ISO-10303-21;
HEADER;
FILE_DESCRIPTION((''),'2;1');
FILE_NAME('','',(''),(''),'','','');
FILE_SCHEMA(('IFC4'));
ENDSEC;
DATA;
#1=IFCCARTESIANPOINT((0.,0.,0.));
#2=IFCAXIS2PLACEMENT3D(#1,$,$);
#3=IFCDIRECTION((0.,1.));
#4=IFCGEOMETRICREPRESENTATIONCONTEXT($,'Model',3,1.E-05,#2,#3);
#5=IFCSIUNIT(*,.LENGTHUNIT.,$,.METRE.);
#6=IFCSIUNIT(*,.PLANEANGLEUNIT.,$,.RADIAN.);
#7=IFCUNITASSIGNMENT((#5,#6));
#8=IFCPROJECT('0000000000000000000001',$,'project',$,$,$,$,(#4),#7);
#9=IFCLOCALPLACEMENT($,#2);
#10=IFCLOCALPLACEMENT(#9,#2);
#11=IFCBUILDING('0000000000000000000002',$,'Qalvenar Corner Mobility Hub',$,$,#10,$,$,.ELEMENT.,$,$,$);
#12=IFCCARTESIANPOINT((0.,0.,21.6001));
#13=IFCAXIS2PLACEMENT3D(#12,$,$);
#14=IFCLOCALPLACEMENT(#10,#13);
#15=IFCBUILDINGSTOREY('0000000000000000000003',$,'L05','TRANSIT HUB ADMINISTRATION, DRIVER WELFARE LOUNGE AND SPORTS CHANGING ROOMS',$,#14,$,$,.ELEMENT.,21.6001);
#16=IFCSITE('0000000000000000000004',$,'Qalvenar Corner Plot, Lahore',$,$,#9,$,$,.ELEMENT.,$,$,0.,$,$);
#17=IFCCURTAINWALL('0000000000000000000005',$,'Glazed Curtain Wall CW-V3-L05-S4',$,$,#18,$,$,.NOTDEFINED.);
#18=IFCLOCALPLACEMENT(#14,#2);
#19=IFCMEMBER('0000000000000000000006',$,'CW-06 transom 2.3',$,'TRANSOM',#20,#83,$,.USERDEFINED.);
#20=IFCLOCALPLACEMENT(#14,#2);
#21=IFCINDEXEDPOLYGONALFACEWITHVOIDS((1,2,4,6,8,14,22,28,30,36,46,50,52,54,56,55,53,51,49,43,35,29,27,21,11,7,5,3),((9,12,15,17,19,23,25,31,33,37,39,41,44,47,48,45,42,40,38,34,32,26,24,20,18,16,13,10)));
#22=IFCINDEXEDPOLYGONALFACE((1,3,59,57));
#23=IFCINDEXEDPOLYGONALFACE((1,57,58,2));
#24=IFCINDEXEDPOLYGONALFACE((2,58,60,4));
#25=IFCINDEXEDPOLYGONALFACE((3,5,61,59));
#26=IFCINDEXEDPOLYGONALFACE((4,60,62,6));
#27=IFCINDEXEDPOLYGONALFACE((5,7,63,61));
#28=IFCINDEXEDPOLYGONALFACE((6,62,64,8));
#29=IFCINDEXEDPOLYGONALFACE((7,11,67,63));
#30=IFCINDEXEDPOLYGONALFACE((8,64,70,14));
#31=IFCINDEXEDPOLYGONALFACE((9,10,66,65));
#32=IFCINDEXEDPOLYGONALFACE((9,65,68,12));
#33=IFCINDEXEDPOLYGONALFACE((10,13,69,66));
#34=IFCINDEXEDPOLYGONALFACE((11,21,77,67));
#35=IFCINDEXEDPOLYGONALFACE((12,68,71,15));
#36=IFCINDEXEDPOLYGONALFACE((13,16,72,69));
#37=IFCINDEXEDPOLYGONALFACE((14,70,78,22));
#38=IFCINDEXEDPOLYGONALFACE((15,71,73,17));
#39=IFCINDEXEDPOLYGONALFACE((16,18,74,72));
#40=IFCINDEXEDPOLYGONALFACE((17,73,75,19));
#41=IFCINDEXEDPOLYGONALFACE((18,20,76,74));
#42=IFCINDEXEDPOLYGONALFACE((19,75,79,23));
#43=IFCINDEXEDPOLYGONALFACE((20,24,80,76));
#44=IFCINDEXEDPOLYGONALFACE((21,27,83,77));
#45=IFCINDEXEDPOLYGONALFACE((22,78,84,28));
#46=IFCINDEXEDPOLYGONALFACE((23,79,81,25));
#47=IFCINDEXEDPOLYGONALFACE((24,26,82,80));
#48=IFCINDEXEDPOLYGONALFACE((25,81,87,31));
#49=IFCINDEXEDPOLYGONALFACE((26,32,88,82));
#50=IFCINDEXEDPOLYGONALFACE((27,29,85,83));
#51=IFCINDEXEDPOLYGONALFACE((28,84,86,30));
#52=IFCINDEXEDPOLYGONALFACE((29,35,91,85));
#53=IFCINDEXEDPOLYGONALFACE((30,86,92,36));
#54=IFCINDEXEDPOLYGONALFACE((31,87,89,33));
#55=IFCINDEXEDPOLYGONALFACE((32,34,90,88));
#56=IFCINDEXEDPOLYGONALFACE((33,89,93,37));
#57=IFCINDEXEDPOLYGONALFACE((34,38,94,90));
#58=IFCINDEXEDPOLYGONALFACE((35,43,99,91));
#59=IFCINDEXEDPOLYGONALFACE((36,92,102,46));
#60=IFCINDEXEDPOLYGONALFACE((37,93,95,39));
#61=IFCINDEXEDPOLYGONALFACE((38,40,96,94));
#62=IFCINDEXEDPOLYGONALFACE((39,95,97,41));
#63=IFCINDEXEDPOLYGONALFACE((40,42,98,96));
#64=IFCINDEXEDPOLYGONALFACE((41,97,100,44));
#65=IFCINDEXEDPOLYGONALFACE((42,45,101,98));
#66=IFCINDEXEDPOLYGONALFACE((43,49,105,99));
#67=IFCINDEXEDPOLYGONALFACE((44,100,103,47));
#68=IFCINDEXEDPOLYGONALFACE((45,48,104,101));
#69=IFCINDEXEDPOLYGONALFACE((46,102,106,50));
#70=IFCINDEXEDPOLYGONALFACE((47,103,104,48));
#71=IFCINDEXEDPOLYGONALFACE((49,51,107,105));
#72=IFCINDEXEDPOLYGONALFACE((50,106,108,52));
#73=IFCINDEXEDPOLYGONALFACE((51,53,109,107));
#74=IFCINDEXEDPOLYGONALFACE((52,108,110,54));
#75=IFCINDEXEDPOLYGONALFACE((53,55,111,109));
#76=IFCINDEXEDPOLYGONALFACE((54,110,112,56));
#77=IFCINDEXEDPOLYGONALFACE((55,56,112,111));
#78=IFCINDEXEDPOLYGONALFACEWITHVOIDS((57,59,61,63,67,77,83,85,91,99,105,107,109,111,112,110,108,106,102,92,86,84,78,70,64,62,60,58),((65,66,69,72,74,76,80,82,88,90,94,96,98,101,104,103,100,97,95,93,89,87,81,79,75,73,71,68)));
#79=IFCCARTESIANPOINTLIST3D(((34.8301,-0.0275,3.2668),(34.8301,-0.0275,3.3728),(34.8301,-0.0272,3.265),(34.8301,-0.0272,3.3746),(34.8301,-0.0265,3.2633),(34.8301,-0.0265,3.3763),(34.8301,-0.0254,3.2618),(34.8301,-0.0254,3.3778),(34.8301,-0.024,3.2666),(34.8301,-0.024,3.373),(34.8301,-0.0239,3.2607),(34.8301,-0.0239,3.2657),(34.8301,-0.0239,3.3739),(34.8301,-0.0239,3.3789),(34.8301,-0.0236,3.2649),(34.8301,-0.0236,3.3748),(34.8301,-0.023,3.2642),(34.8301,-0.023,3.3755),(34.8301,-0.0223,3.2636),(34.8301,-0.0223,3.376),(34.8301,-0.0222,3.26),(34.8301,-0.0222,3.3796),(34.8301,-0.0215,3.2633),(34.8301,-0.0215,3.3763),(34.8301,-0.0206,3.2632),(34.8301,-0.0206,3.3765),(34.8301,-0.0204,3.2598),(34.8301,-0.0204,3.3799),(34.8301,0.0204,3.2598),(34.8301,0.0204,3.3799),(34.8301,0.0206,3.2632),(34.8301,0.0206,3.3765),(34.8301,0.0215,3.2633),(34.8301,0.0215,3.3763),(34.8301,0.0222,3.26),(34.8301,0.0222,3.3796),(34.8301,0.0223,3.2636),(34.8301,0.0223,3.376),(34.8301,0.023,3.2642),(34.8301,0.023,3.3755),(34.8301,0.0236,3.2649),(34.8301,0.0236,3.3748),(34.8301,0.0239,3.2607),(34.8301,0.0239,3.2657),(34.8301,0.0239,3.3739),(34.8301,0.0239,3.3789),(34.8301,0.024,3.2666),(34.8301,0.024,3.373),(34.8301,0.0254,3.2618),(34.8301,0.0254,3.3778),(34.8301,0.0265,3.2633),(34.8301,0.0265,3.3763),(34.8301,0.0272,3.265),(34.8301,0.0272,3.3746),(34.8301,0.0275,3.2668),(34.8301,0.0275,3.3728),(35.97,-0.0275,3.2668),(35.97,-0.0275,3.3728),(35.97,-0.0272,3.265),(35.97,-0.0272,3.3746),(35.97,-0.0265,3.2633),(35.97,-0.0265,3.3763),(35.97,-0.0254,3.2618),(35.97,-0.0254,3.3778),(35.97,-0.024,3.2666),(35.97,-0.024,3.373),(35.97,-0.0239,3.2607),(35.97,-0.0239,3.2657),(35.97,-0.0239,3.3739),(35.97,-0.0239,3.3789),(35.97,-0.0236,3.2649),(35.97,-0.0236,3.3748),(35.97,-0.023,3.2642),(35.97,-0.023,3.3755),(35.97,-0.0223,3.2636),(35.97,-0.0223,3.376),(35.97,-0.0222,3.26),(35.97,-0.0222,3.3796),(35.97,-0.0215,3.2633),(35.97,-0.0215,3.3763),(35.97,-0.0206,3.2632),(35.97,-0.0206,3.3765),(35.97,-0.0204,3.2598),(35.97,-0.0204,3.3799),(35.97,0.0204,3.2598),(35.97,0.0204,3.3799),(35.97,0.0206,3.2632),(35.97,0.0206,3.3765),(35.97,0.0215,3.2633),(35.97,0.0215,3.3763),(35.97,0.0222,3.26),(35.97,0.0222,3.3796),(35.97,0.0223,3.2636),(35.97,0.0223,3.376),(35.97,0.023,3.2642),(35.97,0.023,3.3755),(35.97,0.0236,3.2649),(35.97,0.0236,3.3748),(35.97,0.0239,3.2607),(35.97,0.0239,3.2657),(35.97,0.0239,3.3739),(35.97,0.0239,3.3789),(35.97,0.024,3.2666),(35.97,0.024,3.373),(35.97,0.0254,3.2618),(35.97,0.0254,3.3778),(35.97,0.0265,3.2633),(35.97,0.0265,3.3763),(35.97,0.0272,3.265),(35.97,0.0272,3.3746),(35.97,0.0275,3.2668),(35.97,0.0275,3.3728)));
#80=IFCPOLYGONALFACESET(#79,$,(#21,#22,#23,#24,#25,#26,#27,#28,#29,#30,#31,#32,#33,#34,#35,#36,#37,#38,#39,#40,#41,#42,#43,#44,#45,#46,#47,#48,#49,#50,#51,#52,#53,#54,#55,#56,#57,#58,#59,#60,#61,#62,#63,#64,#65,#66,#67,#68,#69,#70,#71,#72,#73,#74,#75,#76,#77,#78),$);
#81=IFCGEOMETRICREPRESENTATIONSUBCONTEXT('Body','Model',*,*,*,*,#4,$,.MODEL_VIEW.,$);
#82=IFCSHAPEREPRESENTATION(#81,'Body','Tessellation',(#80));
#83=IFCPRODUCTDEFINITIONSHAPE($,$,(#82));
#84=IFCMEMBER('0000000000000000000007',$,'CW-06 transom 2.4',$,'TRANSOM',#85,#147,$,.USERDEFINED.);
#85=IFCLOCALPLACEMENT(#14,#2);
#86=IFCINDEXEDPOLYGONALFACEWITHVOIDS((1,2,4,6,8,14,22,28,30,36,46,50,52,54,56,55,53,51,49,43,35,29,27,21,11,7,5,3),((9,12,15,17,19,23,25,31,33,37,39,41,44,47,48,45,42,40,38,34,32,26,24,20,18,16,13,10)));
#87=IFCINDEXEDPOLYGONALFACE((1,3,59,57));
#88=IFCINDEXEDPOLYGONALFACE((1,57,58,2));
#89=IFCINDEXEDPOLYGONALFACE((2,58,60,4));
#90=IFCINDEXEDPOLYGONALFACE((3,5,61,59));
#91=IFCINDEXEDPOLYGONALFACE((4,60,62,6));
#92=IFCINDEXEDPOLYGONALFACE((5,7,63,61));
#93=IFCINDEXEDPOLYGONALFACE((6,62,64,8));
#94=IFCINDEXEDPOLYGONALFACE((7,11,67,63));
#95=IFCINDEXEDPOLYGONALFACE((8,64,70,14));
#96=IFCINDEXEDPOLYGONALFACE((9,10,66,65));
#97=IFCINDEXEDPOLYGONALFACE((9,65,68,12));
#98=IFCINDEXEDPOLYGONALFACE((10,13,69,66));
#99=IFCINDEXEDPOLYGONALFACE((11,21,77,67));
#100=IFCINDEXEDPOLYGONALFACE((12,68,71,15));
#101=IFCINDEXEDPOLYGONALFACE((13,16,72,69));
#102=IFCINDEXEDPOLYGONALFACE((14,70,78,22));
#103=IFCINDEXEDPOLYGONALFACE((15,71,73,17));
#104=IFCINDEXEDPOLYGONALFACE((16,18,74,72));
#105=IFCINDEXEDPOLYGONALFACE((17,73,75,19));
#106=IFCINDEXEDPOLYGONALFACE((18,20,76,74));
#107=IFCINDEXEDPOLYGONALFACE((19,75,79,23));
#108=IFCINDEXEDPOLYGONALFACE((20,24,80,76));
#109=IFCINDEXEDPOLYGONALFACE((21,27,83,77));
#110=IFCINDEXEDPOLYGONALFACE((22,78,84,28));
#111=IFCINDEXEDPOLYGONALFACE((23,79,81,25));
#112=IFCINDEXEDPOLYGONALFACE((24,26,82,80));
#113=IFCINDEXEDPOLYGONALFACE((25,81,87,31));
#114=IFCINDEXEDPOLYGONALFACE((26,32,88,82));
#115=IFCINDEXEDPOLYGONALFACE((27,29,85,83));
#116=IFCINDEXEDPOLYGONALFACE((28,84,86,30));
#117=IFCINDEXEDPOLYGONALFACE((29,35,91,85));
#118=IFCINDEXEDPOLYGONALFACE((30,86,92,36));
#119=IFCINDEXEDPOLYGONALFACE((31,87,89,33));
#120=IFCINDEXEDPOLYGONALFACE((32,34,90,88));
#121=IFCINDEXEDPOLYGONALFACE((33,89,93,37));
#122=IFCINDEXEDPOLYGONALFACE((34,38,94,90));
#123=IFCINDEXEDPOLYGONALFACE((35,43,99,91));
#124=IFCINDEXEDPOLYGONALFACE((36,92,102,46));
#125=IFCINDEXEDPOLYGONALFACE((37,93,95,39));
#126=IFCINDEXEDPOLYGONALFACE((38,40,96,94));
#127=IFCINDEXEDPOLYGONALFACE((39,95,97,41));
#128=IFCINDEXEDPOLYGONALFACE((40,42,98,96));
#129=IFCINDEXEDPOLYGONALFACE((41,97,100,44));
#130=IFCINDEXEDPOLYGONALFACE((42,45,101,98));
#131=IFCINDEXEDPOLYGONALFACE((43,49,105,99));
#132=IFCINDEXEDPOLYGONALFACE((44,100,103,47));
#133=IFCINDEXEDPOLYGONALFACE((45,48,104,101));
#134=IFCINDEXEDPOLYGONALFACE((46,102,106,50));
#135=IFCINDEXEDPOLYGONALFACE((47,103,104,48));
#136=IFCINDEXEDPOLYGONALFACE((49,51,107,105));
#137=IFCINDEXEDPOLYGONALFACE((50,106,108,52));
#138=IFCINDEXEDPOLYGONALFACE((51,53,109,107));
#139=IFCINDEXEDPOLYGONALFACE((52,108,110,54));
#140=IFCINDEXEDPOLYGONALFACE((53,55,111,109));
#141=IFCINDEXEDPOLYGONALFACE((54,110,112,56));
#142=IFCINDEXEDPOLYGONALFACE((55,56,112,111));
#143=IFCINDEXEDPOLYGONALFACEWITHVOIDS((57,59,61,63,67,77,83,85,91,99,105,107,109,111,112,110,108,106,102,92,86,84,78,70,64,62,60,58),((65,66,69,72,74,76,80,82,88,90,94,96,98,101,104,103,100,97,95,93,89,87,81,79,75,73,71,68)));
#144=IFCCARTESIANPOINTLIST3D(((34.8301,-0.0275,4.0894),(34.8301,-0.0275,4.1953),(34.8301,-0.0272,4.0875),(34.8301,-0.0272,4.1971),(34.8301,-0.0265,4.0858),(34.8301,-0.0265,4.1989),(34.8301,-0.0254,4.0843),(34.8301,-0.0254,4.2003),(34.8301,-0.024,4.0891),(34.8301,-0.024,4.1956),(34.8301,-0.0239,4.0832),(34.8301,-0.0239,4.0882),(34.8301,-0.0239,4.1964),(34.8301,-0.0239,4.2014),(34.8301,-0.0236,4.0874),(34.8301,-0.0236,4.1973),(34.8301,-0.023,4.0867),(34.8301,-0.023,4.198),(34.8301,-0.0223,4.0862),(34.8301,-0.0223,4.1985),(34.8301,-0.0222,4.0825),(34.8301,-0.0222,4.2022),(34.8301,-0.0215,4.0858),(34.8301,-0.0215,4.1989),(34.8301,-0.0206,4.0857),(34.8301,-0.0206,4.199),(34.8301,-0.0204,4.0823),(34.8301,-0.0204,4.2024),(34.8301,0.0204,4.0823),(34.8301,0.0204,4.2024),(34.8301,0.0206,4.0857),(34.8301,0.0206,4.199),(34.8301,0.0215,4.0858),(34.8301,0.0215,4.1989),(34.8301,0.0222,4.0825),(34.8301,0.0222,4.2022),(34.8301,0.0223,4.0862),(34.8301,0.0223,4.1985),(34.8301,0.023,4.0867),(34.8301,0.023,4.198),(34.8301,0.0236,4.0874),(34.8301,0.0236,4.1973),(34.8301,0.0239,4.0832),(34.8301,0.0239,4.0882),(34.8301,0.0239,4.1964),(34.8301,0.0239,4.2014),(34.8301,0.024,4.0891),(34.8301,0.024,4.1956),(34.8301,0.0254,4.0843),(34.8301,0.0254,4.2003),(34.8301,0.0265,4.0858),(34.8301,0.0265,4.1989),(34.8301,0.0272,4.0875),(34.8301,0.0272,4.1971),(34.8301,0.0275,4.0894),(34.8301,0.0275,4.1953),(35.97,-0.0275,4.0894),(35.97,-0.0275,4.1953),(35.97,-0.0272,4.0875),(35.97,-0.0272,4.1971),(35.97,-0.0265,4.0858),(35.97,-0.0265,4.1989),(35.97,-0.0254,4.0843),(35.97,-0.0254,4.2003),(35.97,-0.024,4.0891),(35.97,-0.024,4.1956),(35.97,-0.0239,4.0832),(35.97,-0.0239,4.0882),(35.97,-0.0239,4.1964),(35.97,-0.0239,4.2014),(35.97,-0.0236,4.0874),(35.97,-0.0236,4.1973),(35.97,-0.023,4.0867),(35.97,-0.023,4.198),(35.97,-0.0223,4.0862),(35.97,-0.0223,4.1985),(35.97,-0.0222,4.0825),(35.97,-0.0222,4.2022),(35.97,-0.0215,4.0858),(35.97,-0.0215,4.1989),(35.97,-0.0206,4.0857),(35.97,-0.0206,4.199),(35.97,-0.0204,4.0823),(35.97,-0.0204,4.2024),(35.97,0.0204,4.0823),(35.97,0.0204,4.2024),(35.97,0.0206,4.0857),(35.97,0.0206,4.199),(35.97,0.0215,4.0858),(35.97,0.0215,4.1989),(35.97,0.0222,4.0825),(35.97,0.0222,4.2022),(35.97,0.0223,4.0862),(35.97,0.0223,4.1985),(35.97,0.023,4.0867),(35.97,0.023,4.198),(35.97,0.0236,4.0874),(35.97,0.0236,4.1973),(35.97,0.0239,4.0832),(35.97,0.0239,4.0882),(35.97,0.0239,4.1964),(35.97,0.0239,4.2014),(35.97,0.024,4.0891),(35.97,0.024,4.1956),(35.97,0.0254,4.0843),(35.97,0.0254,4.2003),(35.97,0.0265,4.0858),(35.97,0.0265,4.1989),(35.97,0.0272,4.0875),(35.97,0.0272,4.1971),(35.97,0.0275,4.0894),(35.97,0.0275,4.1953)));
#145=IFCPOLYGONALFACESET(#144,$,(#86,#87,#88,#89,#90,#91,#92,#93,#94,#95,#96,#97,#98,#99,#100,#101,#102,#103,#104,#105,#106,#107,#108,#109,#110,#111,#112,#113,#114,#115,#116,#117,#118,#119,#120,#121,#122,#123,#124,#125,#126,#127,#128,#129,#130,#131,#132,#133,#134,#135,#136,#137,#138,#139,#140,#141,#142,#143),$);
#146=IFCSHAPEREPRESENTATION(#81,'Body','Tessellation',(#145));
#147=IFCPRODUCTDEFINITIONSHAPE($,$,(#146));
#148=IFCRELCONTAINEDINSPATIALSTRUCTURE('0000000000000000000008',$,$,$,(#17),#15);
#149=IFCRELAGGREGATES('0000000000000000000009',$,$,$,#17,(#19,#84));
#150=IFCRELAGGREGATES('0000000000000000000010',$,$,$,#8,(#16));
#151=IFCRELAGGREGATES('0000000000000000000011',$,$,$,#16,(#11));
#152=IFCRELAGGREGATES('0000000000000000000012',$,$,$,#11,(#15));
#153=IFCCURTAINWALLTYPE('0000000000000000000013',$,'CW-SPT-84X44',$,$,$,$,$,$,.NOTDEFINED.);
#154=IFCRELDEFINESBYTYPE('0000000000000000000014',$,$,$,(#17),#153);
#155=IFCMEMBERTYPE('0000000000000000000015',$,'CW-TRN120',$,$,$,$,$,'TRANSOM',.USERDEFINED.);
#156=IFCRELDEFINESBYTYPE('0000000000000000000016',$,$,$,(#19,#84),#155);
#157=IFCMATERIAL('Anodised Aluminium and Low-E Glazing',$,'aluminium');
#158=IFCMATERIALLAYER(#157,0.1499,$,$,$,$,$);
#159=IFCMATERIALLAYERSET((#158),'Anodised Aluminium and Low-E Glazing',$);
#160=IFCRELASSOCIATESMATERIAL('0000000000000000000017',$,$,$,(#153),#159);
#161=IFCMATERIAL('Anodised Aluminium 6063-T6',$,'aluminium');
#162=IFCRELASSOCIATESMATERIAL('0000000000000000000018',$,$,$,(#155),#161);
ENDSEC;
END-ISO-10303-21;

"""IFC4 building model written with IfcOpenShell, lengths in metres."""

from ifc_helpers import new_model, si_unit, direction, frame, origin, origin_2d, place, context, subcontext, project, spatial, hollow_rectangle, extrude, material, layer, layer_set, material_profile, profile_set, type_object, element, aggregate, save


model = new_model("IFC4")

# Units and contexts
model_context = context("Model", 3, precision=1e-05, world=origin(), true_north=direction((0.0, 1.0)))
body_context = subcontext(model_context, "Body", "Model", "MODEL_VIEW")
ifc_project = project(units=[si_unit("LENGTHUNIT", "METRE"), si_unit("PLANEANGLEUNIT", "RADIAN")], contexts=[model_context])

# Site, building, storey
site_placement = place(None, origin())
site = spatial("IfcSite", under=ifc_project, at=site_placement, Name="Qalvenar Corner Plot, Lahore", CompositionType="ELEMENT", RefElevation=0.0)
building_placement = place(site_placement, origin())
building = spatial("IfcBuilding", under=site, at=building_placement, Name="Qalvenar Corner Mobility Hub", CompositionType="ELEMENT")
storey_placement = place(building_placement, frame((0.0, 0.0, 21.6001)))
storey = spatial("IfcBuildingStorey", under=building, at=storey_placement, Name="L05", Description="TRANSIT HUB ADMINISTRATION, DRIVER WELFARE LOUNGE AND SPORTS CHANGING ROOMS", CompositionType="ELEMENT", Elevation=21.6001)

# Curtain wall, members
ifc_material_1 = material(Name="Anodised Aluminium and Low-E Glazing", Category="aluminium")
ifc_layer_1 = layer(ifc_material_1, 0.1499)
ifc_layer_set_1 = layer_set([ifc_layer_1], Name="Anodised Aluminium and Low-E Glazing")
curtain_wall_type = type_object("IfcCurtainWallType", Name="CW-SPT-84X44", PredefinedType="NOTDEFINED", material=ifc_layer_set_1)
curtain_wall_placement = place(storey_placement, origin())
curtain_wall = element("IfcCurtainWall", 1, at=curtain_wall_placement, inside=storey, type_object=curtain_wall_type, Name="Glazed Curtain Wall CW-V3-L05-S4", PredefinedType="NOTDEFINED")
ifc_material_2 = material(Name="Anodised Aluminium 6063-T6", Category="aluminium")
ifc_material_profile_1 = material_profile(ifc_material_2, hollow_rectangle(XDim=0.0549, YDim=0.1201, WallThickness=0.0034, InnerFilletRadius=0.0034, OuterFilletRadius=0.0071, at=origin_2d()), Name="RHS120x55x3.5")
ifc_profile_set_1 = profile_set([ifc_material_profile_1], Name="Anodised Aluminium 6063-T6")
member_type_1 = type_object("IfcMemberType", Name="CW-TRN120", ElementType="TRANSOM", PredefinedType="USERDEFINED", material=ifc_profile_set_1)
member_1_placement = place(storey_placement, frame((34.8301, 0.0, 3.3198), z_axis=(1.0, 0.0, 0.0), x_axis=(0.0, 1.0, 0.0)))
member_1 = element("IfcMember", 2, at=member_1_placement, type_object=member_type_1, Name="CW-06 transom 2.3", ObjectType="TRANSOM", PredefinedType="USERDEFINED", context=body_context, shape_type="SweptSolid", body=[
    extrude(hollow_rectangle(XDim=0.0549, YDim=0.1201, WallThickness=0.0034, InnerFilletRadius=0.0034, OuterFilletRadius=0.0071, at=origin_2d()), origin(), (0.0, 0.0, 1.0), 1.1399),
])
member_2_placement = place(storey_placement, frame((34.8301, 0.0, 4.1423), z_axis=(1.0, 0.0, 0.0), x_axis=(0.0, 1.0, 0.0)))
member_2 = element("IfcMember", 3, at=member_2_placement, type_object=member_type_1, Name="CW-06 transom 2.4", ObjectType="TRANSOM", PredefinedType="USERDEFINED", context=body_context, shape_type="SweptSolid", body=[
    extrude(hollow_rectangle(XDim=0.0549, YDim=0.1201, WallThickness=0.0034, InnerFilletRadius=0.0034, OuterFilletRadius=0.0071, at=origin_2d()), origin(), (0.0, 0.0, 1.0), 1.1399),
])
aggregate(curtain_wall, [member_1, member_2])

save(model, "model.ifc")
